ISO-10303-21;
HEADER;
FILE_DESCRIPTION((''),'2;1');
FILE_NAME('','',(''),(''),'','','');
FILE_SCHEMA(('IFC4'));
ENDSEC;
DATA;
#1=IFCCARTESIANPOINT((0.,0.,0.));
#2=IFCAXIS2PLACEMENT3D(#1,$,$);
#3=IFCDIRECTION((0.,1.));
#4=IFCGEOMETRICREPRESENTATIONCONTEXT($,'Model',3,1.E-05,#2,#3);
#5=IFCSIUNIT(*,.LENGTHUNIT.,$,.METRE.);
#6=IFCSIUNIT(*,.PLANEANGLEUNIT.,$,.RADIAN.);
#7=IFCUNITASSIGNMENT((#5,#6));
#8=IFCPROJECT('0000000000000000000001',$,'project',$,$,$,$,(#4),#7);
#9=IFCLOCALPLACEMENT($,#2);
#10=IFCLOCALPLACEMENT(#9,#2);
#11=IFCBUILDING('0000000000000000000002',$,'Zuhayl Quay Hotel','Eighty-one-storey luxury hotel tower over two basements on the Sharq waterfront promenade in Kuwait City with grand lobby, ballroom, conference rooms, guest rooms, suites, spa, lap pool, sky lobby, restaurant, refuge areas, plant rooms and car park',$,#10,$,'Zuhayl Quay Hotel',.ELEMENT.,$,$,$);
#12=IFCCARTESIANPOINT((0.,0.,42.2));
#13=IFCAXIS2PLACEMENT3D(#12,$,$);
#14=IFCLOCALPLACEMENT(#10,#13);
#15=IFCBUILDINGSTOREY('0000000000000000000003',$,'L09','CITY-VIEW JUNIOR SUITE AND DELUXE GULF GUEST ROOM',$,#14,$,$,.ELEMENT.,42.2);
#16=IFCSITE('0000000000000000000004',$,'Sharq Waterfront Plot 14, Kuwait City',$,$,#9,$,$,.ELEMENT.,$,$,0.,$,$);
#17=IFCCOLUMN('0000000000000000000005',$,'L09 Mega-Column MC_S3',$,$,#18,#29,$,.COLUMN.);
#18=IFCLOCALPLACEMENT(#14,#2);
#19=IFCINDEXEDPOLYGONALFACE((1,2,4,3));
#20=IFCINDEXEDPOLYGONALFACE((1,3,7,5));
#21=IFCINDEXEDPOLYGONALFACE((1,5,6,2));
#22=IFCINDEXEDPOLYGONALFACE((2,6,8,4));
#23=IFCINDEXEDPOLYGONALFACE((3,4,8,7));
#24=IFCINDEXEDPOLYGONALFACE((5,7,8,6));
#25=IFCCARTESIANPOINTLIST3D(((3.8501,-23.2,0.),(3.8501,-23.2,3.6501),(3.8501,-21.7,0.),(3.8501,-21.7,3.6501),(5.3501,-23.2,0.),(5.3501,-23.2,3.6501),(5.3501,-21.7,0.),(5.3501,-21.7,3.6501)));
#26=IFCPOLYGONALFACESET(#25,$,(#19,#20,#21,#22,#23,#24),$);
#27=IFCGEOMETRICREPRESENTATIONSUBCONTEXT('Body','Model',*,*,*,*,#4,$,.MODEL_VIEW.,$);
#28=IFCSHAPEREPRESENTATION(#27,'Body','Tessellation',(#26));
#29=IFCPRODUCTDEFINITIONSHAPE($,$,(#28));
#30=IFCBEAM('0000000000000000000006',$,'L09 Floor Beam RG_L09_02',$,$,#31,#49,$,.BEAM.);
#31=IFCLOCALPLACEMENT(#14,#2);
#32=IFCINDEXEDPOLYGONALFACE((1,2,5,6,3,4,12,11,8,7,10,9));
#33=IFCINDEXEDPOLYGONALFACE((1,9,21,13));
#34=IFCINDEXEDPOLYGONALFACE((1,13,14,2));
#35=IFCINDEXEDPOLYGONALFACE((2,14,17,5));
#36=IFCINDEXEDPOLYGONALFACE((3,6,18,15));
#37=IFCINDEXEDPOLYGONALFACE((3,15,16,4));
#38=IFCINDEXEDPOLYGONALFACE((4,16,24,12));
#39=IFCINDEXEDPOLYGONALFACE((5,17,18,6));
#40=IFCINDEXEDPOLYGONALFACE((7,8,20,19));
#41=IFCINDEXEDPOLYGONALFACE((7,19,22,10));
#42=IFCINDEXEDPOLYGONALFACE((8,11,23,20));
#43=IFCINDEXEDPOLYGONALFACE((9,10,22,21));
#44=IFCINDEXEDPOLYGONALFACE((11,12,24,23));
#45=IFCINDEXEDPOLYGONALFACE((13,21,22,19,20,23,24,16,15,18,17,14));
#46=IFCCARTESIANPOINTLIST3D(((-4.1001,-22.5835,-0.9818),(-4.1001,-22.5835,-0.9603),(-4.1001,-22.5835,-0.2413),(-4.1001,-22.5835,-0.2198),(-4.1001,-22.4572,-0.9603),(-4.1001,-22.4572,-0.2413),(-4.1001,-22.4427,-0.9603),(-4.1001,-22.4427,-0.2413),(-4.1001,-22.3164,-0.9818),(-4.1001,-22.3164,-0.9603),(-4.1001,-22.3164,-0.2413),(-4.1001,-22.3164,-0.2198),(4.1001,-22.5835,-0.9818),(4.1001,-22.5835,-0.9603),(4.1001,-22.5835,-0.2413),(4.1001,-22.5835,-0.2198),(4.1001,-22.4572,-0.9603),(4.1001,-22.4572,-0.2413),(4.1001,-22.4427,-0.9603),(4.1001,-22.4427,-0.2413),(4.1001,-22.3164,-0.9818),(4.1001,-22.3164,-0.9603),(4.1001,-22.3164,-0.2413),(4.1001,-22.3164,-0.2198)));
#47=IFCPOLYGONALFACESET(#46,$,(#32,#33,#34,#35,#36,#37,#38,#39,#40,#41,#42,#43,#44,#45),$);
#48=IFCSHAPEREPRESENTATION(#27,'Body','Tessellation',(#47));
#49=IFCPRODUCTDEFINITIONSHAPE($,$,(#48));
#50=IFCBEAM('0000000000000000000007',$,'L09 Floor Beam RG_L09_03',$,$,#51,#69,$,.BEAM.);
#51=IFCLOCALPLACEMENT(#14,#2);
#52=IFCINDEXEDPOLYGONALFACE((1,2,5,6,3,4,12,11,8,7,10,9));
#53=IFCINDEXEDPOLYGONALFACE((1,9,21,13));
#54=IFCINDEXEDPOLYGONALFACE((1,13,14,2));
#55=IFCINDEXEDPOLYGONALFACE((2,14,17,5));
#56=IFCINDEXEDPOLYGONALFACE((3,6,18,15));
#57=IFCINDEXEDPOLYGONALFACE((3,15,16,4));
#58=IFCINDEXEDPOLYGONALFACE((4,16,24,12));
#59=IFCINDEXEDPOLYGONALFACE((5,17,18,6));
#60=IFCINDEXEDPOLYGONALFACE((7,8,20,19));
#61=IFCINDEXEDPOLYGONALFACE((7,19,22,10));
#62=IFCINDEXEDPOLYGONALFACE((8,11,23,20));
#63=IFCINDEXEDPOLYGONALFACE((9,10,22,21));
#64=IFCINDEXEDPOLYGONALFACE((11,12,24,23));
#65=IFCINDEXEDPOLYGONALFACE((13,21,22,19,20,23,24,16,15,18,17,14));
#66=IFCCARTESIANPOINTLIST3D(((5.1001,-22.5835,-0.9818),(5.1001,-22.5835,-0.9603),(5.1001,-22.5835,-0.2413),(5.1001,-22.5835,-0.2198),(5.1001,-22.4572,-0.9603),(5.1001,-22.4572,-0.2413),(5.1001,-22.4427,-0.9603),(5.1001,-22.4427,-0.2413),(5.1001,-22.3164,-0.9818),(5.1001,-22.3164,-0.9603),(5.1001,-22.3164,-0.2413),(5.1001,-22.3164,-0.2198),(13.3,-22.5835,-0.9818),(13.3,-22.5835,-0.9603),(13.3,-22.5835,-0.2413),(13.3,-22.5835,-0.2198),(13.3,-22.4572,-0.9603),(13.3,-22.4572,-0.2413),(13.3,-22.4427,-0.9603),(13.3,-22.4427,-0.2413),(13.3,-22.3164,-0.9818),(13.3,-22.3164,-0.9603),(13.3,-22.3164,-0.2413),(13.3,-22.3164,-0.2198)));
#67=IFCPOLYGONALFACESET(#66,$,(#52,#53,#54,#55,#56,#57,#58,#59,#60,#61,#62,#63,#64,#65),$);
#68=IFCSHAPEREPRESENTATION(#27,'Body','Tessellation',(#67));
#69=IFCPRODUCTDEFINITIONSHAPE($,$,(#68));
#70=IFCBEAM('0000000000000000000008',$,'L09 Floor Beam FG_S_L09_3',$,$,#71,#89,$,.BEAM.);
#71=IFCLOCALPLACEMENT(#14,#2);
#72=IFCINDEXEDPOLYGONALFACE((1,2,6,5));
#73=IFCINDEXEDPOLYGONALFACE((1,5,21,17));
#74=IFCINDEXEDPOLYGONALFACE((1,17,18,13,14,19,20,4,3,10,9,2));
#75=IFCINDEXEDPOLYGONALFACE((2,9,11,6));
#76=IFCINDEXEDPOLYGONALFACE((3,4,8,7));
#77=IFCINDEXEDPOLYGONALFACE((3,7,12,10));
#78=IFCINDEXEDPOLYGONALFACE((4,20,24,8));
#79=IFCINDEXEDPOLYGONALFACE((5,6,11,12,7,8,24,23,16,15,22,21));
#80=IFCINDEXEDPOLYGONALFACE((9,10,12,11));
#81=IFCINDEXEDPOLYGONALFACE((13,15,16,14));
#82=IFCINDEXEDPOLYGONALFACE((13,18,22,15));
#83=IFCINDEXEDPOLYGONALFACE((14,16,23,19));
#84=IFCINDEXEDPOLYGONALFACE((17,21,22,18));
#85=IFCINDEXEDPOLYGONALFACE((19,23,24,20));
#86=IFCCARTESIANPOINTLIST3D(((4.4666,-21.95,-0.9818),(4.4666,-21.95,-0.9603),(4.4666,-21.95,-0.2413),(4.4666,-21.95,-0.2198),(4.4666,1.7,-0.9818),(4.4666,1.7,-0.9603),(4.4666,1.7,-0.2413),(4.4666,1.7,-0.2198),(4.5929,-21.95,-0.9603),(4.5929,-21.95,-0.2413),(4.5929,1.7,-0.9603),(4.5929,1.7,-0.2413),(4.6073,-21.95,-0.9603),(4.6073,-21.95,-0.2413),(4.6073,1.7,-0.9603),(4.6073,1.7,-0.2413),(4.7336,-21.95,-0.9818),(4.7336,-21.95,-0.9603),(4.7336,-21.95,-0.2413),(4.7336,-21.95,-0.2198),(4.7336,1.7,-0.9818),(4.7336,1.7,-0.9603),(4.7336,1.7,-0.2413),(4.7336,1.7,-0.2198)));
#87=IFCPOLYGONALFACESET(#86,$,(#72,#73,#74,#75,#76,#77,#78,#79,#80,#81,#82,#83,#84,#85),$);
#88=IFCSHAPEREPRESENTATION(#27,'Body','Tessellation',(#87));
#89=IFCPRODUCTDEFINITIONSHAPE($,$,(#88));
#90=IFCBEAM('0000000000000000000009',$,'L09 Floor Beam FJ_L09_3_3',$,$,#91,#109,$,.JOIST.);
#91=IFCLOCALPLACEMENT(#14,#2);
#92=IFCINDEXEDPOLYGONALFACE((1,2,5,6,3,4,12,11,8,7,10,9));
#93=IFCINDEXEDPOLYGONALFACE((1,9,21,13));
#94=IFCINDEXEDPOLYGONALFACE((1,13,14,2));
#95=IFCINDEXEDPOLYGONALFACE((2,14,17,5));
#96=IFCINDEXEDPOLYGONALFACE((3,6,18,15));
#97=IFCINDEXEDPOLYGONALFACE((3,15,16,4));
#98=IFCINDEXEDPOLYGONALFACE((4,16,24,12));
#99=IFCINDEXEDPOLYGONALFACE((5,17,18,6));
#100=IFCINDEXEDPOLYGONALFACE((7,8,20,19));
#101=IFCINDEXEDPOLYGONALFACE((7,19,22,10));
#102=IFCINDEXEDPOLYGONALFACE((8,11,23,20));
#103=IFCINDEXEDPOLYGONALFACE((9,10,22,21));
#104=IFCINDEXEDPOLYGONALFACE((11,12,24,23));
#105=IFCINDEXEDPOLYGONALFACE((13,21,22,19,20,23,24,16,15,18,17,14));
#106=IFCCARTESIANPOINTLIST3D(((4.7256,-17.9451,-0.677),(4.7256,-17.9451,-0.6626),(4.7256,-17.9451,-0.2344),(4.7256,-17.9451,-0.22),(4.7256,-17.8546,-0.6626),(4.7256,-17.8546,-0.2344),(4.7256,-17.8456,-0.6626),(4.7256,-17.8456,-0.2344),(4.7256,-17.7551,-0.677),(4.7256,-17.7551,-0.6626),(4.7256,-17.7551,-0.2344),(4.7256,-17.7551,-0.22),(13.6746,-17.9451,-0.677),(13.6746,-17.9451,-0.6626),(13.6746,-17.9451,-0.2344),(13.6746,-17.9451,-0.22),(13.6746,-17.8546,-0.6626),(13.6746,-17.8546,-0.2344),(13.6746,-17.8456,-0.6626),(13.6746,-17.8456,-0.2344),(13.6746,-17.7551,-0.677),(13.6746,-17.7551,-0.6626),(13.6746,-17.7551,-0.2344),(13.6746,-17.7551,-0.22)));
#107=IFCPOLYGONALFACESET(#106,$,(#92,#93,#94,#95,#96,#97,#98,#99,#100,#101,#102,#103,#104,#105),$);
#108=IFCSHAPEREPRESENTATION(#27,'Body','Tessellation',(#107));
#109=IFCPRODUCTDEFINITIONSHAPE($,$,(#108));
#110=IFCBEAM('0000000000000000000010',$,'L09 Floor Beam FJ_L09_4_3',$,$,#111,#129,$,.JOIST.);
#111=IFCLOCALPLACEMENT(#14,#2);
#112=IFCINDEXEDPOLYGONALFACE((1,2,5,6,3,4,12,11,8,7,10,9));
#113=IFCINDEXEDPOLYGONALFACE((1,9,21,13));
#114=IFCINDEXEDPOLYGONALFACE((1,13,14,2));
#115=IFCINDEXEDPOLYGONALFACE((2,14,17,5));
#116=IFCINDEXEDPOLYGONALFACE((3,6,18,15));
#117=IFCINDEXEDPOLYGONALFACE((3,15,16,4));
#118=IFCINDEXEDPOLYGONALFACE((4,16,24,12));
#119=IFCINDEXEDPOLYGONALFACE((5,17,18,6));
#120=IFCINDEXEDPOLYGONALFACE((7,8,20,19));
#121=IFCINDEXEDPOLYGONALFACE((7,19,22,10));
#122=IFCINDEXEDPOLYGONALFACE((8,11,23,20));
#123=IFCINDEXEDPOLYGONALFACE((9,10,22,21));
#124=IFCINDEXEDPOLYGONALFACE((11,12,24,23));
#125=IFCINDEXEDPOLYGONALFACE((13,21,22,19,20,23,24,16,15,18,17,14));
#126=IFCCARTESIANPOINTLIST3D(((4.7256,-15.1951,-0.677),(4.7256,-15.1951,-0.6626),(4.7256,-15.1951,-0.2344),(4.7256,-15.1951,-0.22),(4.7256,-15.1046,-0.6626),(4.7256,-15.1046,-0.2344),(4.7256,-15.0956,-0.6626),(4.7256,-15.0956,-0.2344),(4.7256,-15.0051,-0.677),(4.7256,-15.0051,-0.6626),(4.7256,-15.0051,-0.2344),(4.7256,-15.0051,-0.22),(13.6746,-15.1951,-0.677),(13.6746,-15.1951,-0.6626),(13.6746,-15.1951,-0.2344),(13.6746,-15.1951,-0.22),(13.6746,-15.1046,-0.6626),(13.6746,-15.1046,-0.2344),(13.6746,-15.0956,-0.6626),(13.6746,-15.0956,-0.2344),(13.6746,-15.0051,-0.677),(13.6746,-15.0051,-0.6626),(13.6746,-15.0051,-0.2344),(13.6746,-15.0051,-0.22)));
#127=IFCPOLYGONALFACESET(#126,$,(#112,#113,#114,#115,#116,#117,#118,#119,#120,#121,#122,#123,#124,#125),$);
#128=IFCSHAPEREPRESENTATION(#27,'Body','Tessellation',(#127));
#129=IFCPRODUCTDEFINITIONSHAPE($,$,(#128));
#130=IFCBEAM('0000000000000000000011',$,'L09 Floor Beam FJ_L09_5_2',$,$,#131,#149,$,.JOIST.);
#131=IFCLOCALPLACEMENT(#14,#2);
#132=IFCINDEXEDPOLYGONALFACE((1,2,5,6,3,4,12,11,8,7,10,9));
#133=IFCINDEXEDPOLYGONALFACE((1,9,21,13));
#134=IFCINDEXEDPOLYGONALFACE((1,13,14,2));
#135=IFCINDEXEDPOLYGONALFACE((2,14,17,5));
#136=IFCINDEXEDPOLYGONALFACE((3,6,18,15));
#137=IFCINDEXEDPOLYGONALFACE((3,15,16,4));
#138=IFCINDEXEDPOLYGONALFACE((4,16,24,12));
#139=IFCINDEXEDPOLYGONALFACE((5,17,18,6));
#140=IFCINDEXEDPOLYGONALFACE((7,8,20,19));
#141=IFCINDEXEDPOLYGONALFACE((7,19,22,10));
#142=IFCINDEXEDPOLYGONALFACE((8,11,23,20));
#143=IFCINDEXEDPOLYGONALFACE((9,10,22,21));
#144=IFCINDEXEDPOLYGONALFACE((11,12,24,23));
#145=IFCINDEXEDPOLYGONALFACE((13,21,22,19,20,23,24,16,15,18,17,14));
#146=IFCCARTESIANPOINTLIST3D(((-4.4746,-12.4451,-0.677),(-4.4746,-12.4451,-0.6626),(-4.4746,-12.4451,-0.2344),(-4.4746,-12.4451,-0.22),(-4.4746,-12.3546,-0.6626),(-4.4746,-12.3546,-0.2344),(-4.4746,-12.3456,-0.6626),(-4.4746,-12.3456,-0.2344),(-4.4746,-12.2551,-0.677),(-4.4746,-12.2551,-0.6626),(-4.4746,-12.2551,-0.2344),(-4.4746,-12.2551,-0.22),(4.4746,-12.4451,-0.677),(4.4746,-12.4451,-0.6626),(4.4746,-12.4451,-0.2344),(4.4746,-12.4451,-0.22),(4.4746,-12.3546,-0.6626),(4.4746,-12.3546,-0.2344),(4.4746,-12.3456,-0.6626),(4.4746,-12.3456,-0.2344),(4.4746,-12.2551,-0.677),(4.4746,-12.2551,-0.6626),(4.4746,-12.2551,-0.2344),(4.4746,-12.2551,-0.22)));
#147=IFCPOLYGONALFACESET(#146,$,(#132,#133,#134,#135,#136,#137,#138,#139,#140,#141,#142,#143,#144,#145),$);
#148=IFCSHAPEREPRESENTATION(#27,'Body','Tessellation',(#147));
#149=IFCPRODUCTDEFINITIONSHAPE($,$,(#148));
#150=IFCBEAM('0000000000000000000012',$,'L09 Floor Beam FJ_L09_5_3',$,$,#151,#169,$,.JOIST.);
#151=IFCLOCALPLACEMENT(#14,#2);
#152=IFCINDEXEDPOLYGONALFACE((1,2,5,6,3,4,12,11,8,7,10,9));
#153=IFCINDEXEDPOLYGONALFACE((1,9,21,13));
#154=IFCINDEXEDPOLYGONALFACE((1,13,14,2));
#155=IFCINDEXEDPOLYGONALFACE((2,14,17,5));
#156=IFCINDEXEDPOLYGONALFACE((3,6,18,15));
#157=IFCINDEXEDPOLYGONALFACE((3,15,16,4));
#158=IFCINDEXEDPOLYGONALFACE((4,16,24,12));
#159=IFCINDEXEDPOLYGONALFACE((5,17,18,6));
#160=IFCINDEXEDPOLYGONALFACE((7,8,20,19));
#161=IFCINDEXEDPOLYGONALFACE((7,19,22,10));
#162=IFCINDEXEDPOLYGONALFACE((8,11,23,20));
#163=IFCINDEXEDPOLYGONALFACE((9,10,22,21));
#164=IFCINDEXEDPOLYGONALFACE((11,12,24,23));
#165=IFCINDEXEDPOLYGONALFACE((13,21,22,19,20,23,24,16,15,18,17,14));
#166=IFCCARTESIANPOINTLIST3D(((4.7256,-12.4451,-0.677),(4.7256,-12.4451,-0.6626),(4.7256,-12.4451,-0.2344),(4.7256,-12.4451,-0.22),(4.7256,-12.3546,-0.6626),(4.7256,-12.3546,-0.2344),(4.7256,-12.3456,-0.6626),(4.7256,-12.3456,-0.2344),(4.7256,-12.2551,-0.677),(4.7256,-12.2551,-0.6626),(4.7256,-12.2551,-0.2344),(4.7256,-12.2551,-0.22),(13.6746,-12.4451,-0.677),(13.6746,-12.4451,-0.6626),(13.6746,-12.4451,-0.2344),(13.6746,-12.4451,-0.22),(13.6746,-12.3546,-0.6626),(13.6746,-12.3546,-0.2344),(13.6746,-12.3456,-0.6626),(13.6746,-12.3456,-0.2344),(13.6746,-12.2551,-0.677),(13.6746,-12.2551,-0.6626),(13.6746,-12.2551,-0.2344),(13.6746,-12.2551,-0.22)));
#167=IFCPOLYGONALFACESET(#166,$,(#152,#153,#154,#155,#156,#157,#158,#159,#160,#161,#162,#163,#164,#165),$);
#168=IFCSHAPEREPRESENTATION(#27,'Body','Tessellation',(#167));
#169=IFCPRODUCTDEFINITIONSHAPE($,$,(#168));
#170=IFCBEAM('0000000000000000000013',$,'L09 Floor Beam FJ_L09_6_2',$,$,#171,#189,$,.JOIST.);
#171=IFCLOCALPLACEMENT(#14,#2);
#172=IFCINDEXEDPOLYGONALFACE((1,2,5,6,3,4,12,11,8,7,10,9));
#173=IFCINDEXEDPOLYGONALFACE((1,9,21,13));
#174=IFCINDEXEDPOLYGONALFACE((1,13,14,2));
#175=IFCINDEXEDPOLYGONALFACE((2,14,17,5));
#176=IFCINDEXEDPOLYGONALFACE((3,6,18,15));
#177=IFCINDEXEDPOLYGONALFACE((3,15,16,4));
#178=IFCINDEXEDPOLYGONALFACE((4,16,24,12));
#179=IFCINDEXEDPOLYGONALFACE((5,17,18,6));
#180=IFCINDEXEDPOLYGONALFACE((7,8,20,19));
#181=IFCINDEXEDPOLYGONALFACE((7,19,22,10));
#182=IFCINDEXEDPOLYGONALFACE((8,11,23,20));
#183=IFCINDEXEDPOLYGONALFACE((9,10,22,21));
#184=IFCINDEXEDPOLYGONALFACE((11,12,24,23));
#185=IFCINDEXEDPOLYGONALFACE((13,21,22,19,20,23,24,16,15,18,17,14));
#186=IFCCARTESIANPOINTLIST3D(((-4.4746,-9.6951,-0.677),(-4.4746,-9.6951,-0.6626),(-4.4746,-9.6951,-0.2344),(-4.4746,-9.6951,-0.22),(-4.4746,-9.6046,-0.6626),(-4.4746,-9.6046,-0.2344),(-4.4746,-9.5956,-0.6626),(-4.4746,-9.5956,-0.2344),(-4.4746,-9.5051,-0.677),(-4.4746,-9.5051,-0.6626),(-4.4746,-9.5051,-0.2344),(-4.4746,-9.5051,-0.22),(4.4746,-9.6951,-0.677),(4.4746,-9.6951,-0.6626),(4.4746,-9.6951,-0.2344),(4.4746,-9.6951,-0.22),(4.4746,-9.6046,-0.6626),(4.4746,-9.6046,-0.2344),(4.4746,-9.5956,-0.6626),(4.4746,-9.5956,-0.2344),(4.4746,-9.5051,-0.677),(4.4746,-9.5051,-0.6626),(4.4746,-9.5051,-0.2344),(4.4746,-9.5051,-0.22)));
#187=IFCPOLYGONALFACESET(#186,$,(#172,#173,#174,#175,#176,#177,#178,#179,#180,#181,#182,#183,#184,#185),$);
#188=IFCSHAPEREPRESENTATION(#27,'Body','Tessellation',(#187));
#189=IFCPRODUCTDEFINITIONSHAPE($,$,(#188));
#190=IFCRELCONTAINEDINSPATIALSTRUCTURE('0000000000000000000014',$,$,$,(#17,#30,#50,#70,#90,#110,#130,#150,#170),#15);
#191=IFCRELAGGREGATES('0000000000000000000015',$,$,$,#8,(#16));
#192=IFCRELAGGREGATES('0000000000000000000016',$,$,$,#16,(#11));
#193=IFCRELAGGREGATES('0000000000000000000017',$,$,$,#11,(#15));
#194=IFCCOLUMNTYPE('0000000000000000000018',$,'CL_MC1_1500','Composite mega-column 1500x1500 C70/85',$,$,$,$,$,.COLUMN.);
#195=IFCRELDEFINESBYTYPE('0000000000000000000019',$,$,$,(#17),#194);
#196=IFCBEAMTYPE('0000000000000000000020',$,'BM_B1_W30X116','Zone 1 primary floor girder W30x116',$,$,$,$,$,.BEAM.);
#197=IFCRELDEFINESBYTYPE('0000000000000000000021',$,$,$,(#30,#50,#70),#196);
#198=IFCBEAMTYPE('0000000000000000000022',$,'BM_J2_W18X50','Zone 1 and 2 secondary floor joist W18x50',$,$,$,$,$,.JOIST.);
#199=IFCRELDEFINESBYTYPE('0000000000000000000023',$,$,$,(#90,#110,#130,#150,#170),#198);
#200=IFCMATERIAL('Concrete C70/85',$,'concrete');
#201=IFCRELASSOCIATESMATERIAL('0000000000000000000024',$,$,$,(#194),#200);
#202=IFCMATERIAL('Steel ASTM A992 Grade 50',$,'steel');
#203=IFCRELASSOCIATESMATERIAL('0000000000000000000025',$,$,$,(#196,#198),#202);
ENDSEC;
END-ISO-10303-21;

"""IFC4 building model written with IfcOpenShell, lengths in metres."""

from ifc_helpers import new_model, si_unit, direction, frame, origin, origin_2d, place, context, subcontext, project, spatial, rectangle, i_section, extrude, material, material_profile, profile_set, type_object, element, save


model = new_model("IFC4")

# Units and contexts
model_context = context("Model", 3, precision=1e-05, world=origin(), true_north=direction((0.0, 1.0)))
body_context = subcontext(model_context, "Body", "Model", "MODEL_VIEW")
ifc_project = project(units=[si_unit("LENGTHUNIT", "METRE"), si_unit("PLANEANGLEUNIT", "RADIAN")], contexts=[model_context])

# Site, building, storey
site_placement = place(None, origin())
site = spatial("IfcSite", under=ifc_project, at=site_placement, Name="Sharq Waterfront Plot 14, Kuwait City", CompositionType="ELEMENT", RefElevation=0.0)
building_placement = place(site_placement, origin())
building = spatial("IfcBuilding", under=site, at=building_placement, Name="Zuhayl Quay Hotel", Description="Eighty-one-storey luxury hotel tower over two basements on the Sharq waterfront promenade in Kuwait City with grand lobby, ballroom, conference rooms, guest rooms, suites, spa, lap pool, sky lobby, restaurant, refuge areas, plant rooms and car park", LongName="Zuhayl Quay Hotel", CompositionType="ELEMENT")
storey_placement = place(building_placement, frame((0.0, 0.0, 42.2)))
storey = spatial("IfcBuildingStorey", under=building, at=storey_placement, Name="L09", Description="CITY-VIEW JUNIOR SUITE AND DELUXE GULF GUEST ROOM", CompositionType="ELEMENT", Elevation=42.2)

# Column
ifc_material_1 = material(Name="Concrete C70/85", Category="concrete")
ifc_material_profile_1 = material_profile(ifc_material_1, rectangle(XDim=1.5, YDim=1.5, at=origin_2d()), Name="RC1500X1500")
ifc_profile_set_1 = profile_set([ifc_material_profile_1], Name="Concrete C70/85")
column_type = type_object("IfcColumnType", Name="CL_MC1_1500", Description="Composite mega-column 1500x1500 C70/85", PredefinedType="COLUMN", material=ifc_profile_set_1)
column_placement = place(storey_placement, frame((4.6001, -22.45, 0.0), z_axis=(0.0, 0.0, 1.0), x_axis=(1.0, 0.0, 0.0)))
element("IfcColumn", 1, at=column_placement, inside=storey, type_object=column_type, Name="L09 Mega-Column MC_S3", PredefinedType="COLUMN", context=body_context, shape_type="SweptSolid", body=[
    extrude(rectangle(XDim=1.5, YDim=1.5, at=origin_2d()), origin(), (0.0, 0.0, 1.0), 3.6501),
])

# Beams
ifc_material_2 = material(Name="Steel ASTM A992 Grade 50", Category="steel")
ifc_material_profile_2 = material_profile(ifc_material_2, i_section(OverallWidth=0.2671, OverallDepth=0.762, WebThickness=0.0144, FlangeThickness=0.0215, at=origin_2d()), Name="W30X116")
ifc_profile_set_2 = profile_set([ifc_material_profile_2], Name="Steel ASTM A992 Grade 50")
beam_type_1 = type_object("IfcBeamType", Name="BM_B1_W30X116", Description="Zone 1 primary floor girder W30x116", PredefinedType="BEAM", material=ifc_profile_set_2)
beam_1_placement = place(storey_placement, frame((-4.1001, -22.45, -0.6008), z_axis=(1.0, 0.0, 0.0), x_axis=(0.0, 1.0, 0.0)))
element("IfcBeam", 2, at=beam_1_placement, inside=storey, type_object=beam_type_1, Name="L09 Floor Beam RG_L09_02", PredefinedType="BEAM", context=body_context, shape_type="SweptSolid", body=[
    extrude(i_section(OverallWidth=0.2671, OverallDepth=0.762, WebThickness=0.0144, FlangeThickness=0.0215, at=origin_2d()), origin(), (0.0, 0.0, 1.0), 8.2002),
])
beam_2_placement = place(storey_placement, frame((5.1001, -22.45, -0.6008), z_axis=(1.0, 0.0, 0.0), x_axis=(0.0, 1.0, 0.0)))
element("IfcBeam", 3, at=beam_2_placement, inside=storey, type_object=beam_type_1, Name="L09 Floor Beam RG_L09_03", PredefinedType="BEAM", context=body_context, shape_type="SweptSolid", body=[
    extrude(i_section(OverallWidth=0.2671, OverallDepth=0.762, WebThickness=0.0144, FlangeThickness=0.0215, at=origin_2d()), origin(), (0.0, 0.0, 1.0), 8.2),
])
beam_3_placement = place(storey_placement, frame((4.6001, -21.95, -0.6008), z_axis=(0.0, 1.0, 0.0), x_axis=(-1.0, 0.0, 0.0)))
element("IfcBeam", 4, at=beam_3_placement, inside=storey, type_object=beam_type_1, Name="L09 Floor Beam FG_S_L09_3", PredefinedType="BEAM", context=body_context, shape_type="SweptSolid", body=[
    extrude(i_section(OverallWidth=0.2671, OverallDepth=0.762, WebThickness=0.0144, FlangeThickness=0.0215, at=origin_2d()), origin(), (0.0, 0.0, 1.0), 23.6499),
])
ifc_material_profile_3 = material_profile(ifc_material_2, i_section(OverallWidth=0.1899, OverallDepth=0.457, WebThickness=0.009, FlangeThickness=0.0144, at=origin_2d()), Name="W18X50")
ifc_profile_set_3 = profile_set([ifc_material_profile_3], Name="Steel ASTM A992 Grade 50")
beam_type_2 = type_object("IfcBeamType", Name="BM_J2_W18X50", Description="Zone 1 and 2 secondary floor joist W18x50", PredefinedType="JOIST", material=ifc_profile_set_3)
for number, where, z_axis, x_axis, name in (
    (5, (4.7256, -17.8501, -0.4485), (1.0, 0.0, 0.0), (0.0, 1.0, 0.0), "L09 Floor Beam FJ_L09_3_3"),
    (6, (4.7256, -15.1001, -0.4485), (1.0, 0.0, 0.0), (0.0, 1.0, 0.0), "L09 Floor Beam FJ_L09_4_3"),
):
    element("IfcBeam", number, at=place(storey_placement, frame(where, z_axis=z_axis, x_axis=x_axis)), inside=storey, type_object=beam_type_2, Name=name, PredefinedType="JOIST", context=body_context, shape_type="SweptSolid", body=[
        extrude(i_section(OverallWidth=0.1899, OverallDepth=0.457, WebThickness=0.009, FlangeThickness=0.0144, at=origin_2d()), origin(), (0.0, 0.0, 1.0), 8.949),
    ])
beam_4_placement = place(storey_placement, frame((-4.4746, -12.3501, -0.4485), z_axis=(1.0, 0.0, 0.0), x_axis=(0.0, 1.0, 0.0)))
element("IfcBeam", 7, at=beam_4_placement, inside=storey, type_object=beam_type_2, Name="L09 Floor Beam FJ_L09_5_2", PredefinedType="JOIST", context=body_context, shape_type="SweptSolid", body=[
    extrude(i_section(OverallWidth=0.1899, OverallDepth=0.457, WebThickness=0.009, FlangeThickness=0.0144, at=origin_2d()), origin(), (0.0, 0.0, 1.0), 8.9492),
])
beam_5_placement = place(storey_placement, frame((4.7256, -12.3501, -0.4485), z_axis=(1.0, 0.0, 0.0), x_axis=(0.0, 1.0, 0.0)))
element("IfcBeam", 8, at=beam_5_placement, inside=storey, type_object=beam_type_2, Name="L09 Floor Beam FJ_L09_5_3", PredefinedType="JOIST", context=body_context, shape_type="SweptSolid", body=[
    extrude(i_section(OverallWidth=0.1899, OverallDepth=0.457, WebThickness=0.009, FlangeThickness=0.0144, at=origin_2d()), origin(), (0.0, 0.0, 1.0), 8.949),
])
beam_6_placement = place(storey_placement, frame((-4.4746, -9.6001, -0.4485), z_axis=(1.0, 0.0, 0.0), x_axis=(0.0, 1.0, 0.0)))
element("IfcBeam", 9, at=beam_6_placement, inside=storey, type_object=beam_type_2, Name="L09 Floor Beam FJ_L09_6_2", PredefinedType="JOIST", context=body_context, shape_type="SweptSolid", body=[
    extrude(i_section(OverallWidth=0.1899, OverallDepth=0.457, WebThickness=0.009, FlangeThickness=0.0144, at=origin_2d()), origin(), (0.0, 0.0, 1.0), 8.9492),
])

save(model, "model.ifc")
